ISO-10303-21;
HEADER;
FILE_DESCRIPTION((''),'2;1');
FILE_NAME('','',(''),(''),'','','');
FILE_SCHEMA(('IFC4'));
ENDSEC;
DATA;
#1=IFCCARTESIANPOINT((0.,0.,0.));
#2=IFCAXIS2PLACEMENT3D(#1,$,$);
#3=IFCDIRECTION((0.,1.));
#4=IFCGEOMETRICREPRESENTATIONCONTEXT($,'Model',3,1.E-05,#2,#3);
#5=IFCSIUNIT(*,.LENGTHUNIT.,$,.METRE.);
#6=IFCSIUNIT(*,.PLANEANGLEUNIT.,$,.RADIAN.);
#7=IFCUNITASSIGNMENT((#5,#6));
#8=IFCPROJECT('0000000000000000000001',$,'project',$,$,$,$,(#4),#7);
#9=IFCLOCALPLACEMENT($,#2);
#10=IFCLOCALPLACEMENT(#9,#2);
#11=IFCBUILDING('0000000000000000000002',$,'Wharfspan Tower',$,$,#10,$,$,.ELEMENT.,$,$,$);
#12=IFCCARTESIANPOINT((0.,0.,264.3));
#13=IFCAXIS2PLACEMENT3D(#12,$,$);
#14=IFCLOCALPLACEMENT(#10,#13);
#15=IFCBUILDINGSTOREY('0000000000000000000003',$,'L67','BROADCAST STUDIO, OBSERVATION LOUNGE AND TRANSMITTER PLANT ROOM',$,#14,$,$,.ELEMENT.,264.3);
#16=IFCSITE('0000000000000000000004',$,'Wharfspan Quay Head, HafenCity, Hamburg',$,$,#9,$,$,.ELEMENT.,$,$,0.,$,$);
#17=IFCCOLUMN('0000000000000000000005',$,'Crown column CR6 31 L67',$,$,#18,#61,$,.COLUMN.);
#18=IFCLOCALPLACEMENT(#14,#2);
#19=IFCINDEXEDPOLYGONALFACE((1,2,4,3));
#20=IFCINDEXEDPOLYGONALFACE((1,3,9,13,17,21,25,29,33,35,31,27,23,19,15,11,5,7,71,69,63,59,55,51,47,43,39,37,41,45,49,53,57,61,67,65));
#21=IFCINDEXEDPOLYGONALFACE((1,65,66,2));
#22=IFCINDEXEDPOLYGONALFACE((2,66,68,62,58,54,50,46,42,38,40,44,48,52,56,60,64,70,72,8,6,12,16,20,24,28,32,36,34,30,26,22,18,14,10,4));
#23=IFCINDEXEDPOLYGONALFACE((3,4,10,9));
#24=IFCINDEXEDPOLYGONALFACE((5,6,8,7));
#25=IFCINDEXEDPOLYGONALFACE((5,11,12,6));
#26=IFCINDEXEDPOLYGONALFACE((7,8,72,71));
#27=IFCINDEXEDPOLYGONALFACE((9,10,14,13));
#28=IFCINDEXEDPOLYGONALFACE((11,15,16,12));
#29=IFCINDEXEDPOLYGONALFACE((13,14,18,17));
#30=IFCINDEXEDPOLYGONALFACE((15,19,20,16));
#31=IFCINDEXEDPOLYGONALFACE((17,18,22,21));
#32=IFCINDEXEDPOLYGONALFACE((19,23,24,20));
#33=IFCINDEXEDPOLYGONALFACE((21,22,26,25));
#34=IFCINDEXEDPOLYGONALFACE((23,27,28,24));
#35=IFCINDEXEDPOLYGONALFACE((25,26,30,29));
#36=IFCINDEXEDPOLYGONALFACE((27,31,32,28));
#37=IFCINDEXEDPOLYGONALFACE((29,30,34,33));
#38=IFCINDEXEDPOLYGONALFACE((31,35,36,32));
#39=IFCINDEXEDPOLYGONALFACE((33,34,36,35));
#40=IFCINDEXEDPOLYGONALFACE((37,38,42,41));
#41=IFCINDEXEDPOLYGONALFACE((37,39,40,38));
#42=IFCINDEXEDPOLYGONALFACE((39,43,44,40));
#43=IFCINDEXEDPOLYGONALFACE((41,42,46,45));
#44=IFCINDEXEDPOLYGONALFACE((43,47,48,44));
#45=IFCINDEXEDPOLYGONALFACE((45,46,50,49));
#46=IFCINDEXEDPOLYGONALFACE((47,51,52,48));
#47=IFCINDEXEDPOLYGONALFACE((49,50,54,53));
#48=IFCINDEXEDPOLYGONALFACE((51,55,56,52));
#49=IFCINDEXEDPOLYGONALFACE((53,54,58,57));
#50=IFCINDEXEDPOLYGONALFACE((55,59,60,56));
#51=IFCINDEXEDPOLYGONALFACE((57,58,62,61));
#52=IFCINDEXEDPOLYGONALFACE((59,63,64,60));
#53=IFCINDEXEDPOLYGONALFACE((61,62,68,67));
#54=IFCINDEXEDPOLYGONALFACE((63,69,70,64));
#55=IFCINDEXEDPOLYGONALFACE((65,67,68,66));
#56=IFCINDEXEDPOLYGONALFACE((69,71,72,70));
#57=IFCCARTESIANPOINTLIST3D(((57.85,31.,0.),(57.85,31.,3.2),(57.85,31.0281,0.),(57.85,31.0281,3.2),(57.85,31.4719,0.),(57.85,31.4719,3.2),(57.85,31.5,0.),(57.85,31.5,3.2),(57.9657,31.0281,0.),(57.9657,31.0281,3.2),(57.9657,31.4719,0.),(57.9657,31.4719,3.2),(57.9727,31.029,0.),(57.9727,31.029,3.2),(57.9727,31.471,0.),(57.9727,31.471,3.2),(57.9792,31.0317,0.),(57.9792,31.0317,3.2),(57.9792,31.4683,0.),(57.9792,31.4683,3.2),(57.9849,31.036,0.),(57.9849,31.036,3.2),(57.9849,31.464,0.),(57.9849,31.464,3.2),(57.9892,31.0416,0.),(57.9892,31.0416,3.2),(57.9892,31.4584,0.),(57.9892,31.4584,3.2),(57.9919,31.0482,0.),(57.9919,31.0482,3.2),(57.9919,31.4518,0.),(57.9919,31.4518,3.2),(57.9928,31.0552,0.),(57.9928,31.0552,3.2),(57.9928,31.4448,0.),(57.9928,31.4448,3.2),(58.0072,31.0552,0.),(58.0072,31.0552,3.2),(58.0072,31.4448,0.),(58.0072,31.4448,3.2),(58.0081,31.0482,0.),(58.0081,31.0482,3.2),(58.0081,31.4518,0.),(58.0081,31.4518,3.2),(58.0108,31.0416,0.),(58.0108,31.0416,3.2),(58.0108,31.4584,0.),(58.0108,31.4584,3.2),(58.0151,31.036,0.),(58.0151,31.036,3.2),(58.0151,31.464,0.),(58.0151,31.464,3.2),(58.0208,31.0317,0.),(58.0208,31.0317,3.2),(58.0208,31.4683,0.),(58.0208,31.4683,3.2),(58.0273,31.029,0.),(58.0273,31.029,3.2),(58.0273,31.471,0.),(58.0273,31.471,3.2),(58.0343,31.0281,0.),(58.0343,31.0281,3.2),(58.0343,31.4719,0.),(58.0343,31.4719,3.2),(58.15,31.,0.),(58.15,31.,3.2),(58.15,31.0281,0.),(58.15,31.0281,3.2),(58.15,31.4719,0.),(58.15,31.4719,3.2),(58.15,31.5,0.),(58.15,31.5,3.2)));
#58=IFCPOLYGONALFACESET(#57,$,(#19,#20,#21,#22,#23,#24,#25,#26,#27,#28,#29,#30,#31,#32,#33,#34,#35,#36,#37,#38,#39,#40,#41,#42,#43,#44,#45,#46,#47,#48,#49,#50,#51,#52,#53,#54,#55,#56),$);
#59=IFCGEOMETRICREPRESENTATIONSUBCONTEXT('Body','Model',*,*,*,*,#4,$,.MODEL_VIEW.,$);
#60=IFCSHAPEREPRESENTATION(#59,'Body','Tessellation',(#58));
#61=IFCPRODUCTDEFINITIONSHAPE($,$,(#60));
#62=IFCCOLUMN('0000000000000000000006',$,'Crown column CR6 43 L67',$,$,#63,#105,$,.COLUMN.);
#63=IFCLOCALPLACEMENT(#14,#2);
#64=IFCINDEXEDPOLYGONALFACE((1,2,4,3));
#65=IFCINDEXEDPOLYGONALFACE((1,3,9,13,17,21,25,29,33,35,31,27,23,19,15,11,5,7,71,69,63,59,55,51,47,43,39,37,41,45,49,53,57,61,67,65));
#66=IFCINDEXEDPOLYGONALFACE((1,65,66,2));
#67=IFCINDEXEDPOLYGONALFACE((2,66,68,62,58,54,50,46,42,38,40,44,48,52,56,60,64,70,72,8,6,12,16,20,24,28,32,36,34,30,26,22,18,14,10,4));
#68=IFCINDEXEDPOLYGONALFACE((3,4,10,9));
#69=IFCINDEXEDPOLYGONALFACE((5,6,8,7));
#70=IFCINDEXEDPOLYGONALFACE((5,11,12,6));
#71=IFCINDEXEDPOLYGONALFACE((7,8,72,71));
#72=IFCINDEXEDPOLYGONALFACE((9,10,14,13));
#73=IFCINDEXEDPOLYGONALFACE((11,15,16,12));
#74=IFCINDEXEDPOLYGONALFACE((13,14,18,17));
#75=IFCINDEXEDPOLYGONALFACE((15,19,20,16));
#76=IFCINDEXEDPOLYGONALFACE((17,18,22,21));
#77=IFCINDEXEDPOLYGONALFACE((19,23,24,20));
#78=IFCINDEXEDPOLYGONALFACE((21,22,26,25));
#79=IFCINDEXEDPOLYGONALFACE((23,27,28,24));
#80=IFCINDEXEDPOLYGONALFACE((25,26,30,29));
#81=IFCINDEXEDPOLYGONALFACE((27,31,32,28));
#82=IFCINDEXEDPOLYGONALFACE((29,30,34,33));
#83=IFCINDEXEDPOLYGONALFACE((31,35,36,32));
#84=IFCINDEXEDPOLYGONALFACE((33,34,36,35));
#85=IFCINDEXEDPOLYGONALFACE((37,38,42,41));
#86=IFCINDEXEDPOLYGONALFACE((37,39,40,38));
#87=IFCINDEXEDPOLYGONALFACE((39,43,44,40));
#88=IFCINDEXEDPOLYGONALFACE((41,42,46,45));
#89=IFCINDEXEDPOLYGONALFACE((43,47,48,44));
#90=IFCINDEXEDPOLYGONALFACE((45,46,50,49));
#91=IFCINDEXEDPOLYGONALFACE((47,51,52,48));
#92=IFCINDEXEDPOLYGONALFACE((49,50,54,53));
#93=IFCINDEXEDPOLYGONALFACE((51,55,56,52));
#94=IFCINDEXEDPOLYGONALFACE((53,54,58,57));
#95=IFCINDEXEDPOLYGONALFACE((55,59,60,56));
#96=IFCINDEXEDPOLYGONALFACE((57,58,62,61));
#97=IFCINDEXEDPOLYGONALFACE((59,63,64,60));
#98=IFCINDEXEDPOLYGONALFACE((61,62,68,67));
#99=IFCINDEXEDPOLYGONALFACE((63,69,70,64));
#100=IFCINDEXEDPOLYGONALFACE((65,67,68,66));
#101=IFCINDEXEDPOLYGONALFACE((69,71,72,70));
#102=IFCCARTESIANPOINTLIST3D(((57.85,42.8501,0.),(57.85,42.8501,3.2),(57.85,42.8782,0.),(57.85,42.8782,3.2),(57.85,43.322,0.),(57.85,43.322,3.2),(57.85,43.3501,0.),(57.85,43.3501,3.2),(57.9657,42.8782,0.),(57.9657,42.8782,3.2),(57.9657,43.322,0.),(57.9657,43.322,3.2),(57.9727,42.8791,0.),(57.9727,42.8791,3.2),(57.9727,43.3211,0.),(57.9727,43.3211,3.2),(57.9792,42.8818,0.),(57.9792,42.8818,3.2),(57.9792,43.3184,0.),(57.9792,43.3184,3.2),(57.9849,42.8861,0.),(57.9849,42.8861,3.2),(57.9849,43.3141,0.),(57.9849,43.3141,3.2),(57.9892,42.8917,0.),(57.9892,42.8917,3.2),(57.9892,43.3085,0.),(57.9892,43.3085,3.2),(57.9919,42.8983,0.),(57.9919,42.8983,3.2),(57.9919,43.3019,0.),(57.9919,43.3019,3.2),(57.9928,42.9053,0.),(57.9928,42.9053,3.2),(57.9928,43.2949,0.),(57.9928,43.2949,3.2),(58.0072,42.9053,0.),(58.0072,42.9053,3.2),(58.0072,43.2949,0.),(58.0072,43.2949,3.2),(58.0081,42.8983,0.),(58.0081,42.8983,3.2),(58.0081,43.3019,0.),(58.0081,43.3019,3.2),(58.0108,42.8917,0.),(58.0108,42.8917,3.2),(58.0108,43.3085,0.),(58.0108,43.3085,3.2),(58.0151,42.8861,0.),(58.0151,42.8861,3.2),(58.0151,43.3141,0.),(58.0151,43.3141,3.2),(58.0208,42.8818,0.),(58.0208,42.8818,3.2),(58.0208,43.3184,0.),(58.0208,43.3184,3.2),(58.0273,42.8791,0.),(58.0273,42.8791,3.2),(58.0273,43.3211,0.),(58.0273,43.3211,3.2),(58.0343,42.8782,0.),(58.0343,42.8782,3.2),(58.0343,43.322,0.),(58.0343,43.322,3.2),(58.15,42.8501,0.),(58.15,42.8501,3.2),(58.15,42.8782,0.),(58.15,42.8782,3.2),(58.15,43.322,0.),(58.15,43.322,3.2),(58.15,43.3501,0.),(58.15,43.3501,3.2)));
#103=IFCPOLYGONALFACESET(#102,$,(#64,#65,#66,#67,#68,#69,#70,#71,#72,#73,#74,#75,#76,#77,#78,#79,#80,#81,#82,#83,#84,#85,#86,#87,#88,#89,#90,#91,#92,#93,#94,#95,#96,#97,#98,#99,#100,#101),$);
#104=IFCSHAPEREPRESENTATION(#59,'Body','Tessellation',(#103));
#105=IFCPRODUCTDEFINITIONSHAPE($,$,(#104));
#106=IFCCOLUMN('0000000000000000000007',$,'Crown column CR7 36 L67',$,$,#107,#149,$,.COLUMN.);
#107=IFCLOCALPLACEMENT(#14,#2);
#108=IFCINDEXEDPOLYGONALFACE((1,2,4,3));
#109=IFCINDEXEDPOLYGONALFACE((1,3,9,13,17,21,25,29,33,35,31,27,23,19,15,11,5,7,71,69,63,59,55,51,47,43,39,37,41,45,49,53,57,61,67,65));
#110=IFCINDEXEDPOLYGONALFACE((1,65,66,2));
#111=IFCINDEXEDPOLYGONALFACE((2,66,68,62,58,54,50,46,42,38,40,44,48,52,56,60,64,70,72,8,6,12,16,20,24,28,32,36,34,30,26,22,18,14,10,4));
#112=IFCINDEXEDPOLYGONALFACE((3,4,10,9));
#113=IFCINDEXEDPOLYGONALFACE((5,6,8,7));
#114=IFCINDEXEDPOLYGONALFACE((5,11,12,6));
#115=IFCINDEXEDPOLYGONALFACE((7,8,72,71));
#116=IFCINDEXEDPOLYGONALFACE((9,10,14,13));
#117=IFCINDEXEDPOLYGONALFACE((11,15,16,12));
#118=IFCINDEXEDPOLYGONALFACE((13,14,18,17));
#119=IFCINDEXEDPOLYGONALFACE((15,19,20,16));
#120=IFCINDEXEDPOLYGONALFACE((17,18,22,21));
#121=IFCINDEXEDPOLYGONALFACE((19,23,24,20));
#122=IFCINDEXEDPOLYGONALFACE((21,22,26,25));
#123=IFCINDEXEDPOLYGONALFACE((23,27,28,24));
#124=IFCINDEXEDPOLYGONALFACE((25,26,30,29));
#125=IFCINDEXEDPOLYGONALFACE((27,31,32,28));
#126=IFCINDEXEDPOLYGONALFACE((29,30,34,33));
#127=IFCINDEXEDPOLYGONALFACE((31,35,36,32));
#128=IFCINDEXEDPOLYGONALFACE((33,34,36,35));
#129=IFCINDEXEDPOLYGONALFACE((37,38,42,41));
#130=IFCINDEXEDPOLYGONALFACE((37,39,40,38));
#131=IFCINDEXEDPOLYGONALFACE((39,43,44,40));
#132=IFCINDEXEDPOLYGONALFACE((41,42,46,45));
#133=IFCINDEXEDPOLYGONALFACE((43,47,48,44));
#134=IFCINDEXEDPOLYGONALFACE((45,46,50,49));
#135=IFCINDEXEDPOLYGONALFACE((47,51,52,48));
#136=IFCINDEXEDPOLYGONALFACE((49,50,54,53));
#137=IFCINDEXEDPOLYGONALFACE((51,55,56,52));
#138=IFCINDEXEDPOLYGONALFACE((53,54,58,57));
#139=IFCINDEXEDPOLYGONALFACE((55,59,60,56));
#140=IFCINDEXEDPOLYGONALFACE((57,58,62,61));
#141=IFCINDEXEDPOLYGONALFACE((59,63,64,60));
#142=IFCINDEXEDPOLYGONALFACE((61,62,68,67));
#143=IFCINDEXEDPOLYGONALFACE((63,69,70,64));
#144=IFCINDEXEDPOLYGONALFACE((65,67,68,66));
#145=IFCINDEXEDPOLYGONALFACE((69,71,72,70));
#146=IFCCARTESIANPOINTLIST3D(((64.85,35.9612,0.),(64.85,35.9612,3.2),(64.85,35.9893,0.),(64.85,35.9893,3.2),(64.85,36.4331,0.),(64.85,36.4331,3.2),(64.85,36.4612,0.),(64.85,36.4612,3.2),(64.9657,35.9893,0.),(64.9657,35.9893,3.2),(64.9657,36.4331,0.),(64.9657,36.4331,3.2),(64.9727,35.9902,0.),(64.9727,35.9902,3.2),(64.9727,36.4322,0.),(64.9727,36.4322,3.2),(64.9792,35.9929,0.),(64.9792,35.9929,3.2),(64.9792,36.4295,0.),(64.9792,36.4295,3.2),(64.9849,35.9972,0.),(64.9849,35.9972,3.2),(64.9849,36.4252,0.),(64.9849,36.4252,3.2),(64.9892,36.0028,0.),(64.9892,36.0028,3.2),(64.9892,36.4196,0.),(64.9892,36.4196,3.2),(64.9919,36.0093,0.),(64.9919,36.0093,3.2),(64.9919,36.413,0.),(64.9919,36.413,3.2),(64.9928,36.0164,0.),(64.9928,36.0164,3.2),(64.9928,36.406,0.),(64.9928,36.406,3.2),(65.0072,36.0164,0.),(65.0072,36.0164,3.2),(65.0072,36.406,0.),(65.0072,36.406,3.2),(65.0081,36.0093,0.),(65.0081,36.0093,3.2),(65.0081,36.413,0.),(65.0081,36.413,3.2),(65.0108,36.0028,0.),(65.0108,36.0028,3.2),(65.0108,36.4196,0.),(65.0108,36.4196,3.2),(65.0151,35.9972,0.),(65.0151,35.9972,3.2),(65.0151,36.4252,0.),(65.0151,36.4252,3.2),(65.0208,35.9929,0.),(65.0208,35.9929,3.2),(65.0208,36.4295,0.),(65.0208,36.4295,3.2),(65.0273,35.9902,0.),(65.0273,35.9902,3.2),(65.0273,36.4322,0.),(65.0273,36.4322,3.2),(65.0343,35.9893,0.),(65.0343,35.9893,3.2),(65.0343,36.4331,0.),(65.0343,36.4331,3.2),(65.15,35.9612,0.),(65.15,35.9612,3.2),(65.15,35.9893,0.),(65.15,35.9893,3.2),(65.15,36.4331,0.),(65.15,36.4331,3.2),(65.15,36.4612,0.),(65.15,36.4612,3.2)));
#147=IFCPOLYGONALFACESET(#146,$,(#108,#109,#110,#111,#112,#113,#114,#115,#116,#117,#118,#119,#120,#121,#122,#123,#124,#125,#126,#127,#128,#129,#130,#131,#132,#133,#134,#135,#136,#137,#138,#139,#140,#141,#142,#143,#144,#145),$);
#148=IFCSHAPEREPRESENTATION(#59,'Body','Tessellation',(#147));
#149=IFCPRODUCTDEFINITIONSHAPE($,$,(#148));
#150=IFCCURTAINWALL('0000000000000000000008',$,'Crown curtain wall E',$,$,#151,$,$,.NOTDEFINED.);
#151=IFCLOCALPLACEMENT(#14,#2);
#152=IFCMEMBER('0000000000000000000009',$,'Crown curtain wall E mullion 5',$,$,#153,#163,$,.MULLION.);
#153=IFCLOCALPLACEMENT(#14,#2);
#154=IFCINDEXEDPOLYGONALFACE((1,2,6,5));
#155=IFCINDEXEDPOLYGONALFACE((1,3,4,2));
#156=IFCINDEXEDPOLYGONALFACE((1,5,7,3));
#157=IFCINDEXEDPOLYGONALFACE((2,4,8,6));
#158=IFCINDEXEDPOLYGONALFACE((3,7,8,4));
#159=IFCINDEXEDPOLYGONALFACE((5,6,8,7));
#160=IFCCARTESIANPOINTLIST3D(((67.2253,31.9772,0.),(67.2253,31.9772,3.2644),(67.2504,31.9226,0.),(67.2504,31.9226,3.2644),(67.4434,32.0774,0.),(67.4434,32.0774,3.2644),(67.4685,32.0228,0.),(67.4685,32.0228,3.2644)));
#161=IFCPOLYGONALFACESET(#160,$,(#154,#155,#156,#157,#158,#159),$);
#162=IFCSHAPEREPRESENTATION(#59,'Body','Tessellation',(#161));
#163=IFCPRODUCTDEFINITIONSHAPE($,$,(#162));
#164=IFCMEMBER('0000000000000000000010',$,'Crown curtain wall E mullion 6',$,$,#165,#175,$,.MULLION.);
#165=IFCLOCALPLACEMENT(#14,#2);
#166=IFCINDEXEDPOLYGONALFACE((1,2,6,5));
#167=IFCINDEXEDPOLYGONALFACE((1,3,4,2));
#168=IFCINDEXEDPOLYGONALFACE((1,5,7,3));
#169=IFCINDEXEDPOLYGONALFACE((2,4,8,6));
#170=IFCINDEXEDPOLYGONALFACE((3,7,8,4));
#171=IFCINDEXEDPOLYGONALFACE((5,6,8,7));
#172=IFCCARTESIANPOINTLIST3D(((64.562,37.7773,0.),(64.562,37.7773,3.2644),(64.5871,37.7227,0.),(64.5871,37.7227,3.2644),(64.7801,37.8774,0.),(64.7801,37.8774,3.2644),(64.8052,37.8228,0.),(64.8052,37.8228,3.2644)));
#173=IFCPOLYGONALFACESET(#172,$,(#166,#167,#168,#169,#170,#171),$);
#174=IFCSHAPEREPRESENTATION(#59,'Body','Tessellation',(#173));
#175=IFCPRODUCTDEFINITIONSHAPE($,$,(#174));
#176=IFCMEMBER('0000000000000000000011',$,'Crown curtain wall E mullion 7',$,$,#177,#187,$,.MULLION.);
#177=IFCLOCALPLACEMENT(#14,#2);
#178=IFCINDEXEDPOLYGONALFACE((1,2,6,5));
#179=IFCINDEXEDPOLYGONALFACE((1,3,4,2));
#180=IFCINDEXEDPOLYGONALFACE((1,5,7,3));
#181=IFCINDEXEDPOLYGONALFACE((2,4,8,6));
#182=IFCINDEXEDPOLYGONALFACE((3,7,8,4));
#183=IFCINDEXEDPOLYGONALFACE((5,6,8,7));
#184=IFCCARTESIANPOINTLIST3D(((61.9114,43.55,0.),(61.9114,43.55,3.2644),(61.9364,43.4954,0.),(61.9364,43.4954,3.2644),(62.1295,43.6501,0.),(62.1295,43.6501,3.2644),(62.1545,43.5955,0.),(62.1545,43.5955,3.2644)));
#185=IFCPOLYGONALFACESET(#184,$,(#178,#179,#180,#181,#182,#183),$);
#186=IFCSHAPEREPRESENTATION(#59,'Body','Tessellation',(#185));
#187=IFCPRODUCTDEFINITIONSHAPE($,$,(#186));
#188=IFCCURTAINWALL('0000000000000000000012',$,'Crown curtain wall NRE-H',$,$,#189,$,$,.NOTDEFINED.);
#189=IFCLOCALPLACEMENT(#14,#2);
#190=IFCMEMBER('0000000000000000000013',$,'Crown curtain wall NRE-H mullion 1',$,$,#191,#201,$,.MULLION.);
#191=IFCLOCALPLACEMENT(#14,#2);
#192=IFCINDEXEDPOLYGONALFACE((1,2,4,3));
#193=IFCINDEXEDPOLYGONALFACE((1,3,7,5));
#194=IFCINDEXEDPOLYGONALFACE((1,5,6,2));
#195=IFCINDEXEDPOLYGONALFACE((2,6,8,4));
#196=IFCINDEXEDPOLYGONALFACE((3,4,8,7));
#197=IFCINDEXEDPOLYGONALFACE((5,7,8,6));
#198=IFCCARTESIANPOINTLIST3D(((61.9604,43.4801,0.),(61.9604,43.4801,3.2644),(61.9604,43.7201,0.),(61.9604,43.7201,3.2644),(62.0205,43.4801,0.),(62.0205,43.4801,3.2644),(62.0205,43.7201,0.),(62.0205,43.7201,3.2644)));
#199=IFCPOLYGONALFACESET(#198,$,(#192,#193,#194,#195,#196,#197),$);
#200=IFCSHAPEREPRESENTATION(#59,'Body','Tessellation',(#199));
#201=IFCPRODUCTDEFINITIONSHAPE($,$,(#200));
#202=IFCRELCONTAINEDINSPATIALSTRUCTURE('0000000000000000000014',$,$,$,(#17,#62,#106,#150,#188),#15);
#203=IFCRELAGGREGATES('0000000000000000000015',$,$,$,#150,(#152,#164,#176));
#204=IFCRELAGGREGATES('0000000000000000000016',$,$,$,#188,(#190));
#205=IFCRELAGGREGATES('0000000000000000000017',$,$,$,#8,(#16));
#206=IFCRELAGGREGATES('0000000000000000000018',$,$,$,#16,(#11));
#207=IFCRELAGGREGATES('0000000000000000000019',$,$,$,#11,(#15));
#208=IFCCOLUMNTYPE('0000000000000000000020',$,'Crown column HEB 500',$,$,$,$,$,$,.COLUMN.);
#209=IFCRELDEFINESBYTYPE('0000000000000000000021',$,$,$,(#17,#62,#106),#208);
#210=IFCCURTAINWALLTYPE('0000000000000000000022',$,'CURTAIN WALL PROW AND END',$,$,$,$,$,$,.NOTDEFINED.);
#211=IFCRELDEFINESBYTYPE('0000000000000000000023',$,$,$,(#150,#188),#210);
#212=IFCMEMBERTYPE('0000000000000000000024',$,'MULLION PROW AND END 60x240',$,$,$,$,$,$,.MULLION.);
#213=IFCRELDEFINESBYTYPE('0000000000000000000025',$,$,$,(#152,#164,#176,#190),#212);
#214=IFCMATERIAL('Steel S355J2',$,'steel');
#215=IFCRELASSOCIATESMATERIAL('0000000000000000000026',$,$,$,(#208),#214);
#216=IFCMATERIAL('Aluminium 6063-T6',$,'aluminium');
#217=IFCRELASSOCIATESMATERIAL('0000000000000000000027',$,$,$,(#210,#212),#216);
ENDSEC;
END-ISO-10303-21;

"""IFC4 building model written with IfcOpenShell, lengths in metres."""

from ifc_helpers import new_model, si_unit, direction, frame, origin, origin_2d, place, context, subcontext, project, spatial, rectangle, i_section, extrude, material, material_profile, profile_set, type_object, element, aggregate, save


model = new_model("IFC4")

# Units and contexts
model_context = context("Model", 3, precision=1e-05, world=origin(), true_north=direction((0.0, 1.0)))
body_context = subcontext(model_context, "Body", "Model", "MODEL_VIEW")
ifc_project = project(units=[si_unit("LENGTHUNIT", "METRE"), si_unit("PLANEANGLEUNIT", "RADIAN")], contexts=[model_context])

# Site, building, storey
site_placement = place(None, origin())
site = spatial("IfcSite", under=ifc_project, at=site_placement, Name="Wharfspan Quay Head, HafenCity, Hamburg", CompositionType="ELEMENT", RefElevation=0.0)
building_placement = place(site_placement, origin())
building = spatial("IfcBuilding", under=site, at=building_placement, Name="Wharfspan Tower", CompositionType="ELEMENT")
storey_placement = place(building_placement, frame((0.0, 0.0, 264.3)))
storey = spatial("IfcBuildingStorey", under=building, at=storey_placement, Name="L67", Description="BROADCAST STUDIO, OBSERVATION LOUNGE AND TRANSMITTER PLANT ROOM", CompositionType="ELEMENT", Elevation=264.3)

# Columns
ifc_material_1 = material(Name="Steel S355J2", Category="steel")
ifc_material_profile_1 = material_profile(ifc_material_1, i_section(OverallWidth=0.3, OverallDepth=0.5, WebThickness=0.0144, FlangeThickness=0.0281, FilletRadius=0.0271, at=origin_2d()))
ifc_profile_set_1 = profile_set([ifc_material_profile_1], Name="Steel S355J2")
column_type = type_object("IfcColumnType", Name="Crown column HEB 500", PredefinedType="COLUMN", material=ifc_profile_set_1)
for number, where, z_axis, x_axis, name in (
    (1, (58.0, 31.25, 0.0), (0.0, 0.0, 1.0), (1.0, 0.0, 0.0), "Crown column CR6 31 L67"),
    (2, (58.0, 43.1001, 0.0), (0.0, 0.0, 1.0), (1.0, 0.0, 0.0), "Crown column CR6 43 L67"),
    (3, (65.0, 36.2112, 0.0), (0.0, 0.0, 1.0), (1.0, 0.0, 0.0), "Crown column CR7 36 L67"),
):
    element("IfcColumn", number, at=place(storey_placement, frame(where, z_axis=z_axis, x_axis=x_axis)), inside=storey, type_object=column_type, Name=name, PredefinedType="COLUMN", context=body_context, shape_type="SweptSolid", body=[
        extrude(i_section(OverallWidth=0.3, OverallDepth=0.5, WebThickness=0.0144, FlangeThickness=0.0281, FilletRadius=0.0271, at=origin_2d()), origin(), (0.0, 0.0, 1.0), 3.2),
    ])

# Curtain walls, members
ifc_material_2 = material(Name="Aluminium 6063-T6", Category="aluminium")
curtain_wall_type = type_object("IfcCurtainWallType", Name="CURTAIN WALL PROW AND END", PredefinedType="NOTDEFINED", material=ifc_material_2)
curtain_wall_1_placement = place(storey_placement, origin())
curtain_wall_1 = element("IfcCurtainWall", 4, at=curtain_wall_1_placement, inside=storey, type_object=curtain_wall_type, Name="Crown curtain wall E", PredefinedType="NOTDEFINED")
ifc_material_profile_2 = material_profile(ifc_material_2, rectangle(XDim=0.24, YDim=0.0601, at=origin_2d()))
ifc_profile_set_2 = profile_set([ifc_material_profile_2], Name="Aluminium 6063-T6")
member_type_1 = type_object("IfcMemberType", Name="MULLION PROW AND END 60x240", PredefinedType="MULLION", material=ifc_profile_set_2)
member_1_placement = place(storey_placement, frame((67.3469, 32.0, 0.0), z_axis=(0.0, 0.0, 1.0), x_axis=(-0.908769, -0.417292, 0.0)))
member_1 = element("IfcMember", 5, at=member_1_placement, type_object=member_type_1, Name="Crown curtain wall E mullion 5", PredefinedType="MULLION", context=body_context, shape_type="SweptSolid", body=[
    extrude(rectangle(XDim=0.24, YDim=0.0601, at=origin_2d()), origin(), (0.0, 0.0, 1.0), 3.2644),
])
member_2_placement = place(storey_placement, frame((64.6836, 37.8, 0.0), z_axis=(0.0, 0.0, 1.0), x_axis=(-0.908769, -0.417292, 0.0)))
member_2 = element("IfcMember", 6, at=member_2_placement, type_object=member_type_1, Name="Crown curtain wall E mullion 6", PredefinedType="MULLION", context=body_context, shape_type="SweptSolid", body=[
    extrude(rectangle(XDim=0.24, YDim=0.0601, at=origin_2d()), origin(), (0.0, 0.0, 1.0), 3.2644),
])
member_3_placement = place(storey_placement, frame((62.033, 43.5728, 0.0), z_axis=(0.0, 0.0, 1.0), x_axis=(-0.908769, -0.417292, 0.0)))
member_3 = element("IfcMember", 7, at=member_3_placement, type_object=member_type_1, Name="Crown curtain wall E mullion 7", PredefinedType="MULLION", context=body_context, shape_type="SweptSolid", body=[
    extrude(rectangle(XDim=0.24, YDim=0.0601, at=origin_2d()), origin(), (0.0, 0.0, 1.0), 3.2644),
])
curtain_wall_2_placement = place(storey_placement, origin())
curtain_wall_2 = element("IfcCurtainWall", 8, at=curtain_wall_2_placement, inside=storey, type_object=curtain_wall_type, Name="Crown curtain wall NRE-H", PredefinedType="NOTDEFINED")
member_4_placement = place(storey_placement, frame((61.9905, 43.6001, 0.0), z_axis=(0.0, 0.0, 1.0), x_axis=(0.0, -1.0, 0.0)))
member_4 = element("IfcMember", 9, at=member_4_placement, type_object=member_type_1, Name="Crown curtain wall NRE-H mullion 1", PredefinedType="MULLION", context=body_context, shape_type="SweptSolid", body=[
    extrude(rectangle(XDim=0.24, YDim=0.0601, at=origin_2d()), origin(), (0.0, 0.0, 1.0), 3.2644),
])

aggregate(curtain_wall_1, [member_1, member_2, member_3])
aggregate(curtain_wall_2, [member_4])

save(model, "model.ifc")
